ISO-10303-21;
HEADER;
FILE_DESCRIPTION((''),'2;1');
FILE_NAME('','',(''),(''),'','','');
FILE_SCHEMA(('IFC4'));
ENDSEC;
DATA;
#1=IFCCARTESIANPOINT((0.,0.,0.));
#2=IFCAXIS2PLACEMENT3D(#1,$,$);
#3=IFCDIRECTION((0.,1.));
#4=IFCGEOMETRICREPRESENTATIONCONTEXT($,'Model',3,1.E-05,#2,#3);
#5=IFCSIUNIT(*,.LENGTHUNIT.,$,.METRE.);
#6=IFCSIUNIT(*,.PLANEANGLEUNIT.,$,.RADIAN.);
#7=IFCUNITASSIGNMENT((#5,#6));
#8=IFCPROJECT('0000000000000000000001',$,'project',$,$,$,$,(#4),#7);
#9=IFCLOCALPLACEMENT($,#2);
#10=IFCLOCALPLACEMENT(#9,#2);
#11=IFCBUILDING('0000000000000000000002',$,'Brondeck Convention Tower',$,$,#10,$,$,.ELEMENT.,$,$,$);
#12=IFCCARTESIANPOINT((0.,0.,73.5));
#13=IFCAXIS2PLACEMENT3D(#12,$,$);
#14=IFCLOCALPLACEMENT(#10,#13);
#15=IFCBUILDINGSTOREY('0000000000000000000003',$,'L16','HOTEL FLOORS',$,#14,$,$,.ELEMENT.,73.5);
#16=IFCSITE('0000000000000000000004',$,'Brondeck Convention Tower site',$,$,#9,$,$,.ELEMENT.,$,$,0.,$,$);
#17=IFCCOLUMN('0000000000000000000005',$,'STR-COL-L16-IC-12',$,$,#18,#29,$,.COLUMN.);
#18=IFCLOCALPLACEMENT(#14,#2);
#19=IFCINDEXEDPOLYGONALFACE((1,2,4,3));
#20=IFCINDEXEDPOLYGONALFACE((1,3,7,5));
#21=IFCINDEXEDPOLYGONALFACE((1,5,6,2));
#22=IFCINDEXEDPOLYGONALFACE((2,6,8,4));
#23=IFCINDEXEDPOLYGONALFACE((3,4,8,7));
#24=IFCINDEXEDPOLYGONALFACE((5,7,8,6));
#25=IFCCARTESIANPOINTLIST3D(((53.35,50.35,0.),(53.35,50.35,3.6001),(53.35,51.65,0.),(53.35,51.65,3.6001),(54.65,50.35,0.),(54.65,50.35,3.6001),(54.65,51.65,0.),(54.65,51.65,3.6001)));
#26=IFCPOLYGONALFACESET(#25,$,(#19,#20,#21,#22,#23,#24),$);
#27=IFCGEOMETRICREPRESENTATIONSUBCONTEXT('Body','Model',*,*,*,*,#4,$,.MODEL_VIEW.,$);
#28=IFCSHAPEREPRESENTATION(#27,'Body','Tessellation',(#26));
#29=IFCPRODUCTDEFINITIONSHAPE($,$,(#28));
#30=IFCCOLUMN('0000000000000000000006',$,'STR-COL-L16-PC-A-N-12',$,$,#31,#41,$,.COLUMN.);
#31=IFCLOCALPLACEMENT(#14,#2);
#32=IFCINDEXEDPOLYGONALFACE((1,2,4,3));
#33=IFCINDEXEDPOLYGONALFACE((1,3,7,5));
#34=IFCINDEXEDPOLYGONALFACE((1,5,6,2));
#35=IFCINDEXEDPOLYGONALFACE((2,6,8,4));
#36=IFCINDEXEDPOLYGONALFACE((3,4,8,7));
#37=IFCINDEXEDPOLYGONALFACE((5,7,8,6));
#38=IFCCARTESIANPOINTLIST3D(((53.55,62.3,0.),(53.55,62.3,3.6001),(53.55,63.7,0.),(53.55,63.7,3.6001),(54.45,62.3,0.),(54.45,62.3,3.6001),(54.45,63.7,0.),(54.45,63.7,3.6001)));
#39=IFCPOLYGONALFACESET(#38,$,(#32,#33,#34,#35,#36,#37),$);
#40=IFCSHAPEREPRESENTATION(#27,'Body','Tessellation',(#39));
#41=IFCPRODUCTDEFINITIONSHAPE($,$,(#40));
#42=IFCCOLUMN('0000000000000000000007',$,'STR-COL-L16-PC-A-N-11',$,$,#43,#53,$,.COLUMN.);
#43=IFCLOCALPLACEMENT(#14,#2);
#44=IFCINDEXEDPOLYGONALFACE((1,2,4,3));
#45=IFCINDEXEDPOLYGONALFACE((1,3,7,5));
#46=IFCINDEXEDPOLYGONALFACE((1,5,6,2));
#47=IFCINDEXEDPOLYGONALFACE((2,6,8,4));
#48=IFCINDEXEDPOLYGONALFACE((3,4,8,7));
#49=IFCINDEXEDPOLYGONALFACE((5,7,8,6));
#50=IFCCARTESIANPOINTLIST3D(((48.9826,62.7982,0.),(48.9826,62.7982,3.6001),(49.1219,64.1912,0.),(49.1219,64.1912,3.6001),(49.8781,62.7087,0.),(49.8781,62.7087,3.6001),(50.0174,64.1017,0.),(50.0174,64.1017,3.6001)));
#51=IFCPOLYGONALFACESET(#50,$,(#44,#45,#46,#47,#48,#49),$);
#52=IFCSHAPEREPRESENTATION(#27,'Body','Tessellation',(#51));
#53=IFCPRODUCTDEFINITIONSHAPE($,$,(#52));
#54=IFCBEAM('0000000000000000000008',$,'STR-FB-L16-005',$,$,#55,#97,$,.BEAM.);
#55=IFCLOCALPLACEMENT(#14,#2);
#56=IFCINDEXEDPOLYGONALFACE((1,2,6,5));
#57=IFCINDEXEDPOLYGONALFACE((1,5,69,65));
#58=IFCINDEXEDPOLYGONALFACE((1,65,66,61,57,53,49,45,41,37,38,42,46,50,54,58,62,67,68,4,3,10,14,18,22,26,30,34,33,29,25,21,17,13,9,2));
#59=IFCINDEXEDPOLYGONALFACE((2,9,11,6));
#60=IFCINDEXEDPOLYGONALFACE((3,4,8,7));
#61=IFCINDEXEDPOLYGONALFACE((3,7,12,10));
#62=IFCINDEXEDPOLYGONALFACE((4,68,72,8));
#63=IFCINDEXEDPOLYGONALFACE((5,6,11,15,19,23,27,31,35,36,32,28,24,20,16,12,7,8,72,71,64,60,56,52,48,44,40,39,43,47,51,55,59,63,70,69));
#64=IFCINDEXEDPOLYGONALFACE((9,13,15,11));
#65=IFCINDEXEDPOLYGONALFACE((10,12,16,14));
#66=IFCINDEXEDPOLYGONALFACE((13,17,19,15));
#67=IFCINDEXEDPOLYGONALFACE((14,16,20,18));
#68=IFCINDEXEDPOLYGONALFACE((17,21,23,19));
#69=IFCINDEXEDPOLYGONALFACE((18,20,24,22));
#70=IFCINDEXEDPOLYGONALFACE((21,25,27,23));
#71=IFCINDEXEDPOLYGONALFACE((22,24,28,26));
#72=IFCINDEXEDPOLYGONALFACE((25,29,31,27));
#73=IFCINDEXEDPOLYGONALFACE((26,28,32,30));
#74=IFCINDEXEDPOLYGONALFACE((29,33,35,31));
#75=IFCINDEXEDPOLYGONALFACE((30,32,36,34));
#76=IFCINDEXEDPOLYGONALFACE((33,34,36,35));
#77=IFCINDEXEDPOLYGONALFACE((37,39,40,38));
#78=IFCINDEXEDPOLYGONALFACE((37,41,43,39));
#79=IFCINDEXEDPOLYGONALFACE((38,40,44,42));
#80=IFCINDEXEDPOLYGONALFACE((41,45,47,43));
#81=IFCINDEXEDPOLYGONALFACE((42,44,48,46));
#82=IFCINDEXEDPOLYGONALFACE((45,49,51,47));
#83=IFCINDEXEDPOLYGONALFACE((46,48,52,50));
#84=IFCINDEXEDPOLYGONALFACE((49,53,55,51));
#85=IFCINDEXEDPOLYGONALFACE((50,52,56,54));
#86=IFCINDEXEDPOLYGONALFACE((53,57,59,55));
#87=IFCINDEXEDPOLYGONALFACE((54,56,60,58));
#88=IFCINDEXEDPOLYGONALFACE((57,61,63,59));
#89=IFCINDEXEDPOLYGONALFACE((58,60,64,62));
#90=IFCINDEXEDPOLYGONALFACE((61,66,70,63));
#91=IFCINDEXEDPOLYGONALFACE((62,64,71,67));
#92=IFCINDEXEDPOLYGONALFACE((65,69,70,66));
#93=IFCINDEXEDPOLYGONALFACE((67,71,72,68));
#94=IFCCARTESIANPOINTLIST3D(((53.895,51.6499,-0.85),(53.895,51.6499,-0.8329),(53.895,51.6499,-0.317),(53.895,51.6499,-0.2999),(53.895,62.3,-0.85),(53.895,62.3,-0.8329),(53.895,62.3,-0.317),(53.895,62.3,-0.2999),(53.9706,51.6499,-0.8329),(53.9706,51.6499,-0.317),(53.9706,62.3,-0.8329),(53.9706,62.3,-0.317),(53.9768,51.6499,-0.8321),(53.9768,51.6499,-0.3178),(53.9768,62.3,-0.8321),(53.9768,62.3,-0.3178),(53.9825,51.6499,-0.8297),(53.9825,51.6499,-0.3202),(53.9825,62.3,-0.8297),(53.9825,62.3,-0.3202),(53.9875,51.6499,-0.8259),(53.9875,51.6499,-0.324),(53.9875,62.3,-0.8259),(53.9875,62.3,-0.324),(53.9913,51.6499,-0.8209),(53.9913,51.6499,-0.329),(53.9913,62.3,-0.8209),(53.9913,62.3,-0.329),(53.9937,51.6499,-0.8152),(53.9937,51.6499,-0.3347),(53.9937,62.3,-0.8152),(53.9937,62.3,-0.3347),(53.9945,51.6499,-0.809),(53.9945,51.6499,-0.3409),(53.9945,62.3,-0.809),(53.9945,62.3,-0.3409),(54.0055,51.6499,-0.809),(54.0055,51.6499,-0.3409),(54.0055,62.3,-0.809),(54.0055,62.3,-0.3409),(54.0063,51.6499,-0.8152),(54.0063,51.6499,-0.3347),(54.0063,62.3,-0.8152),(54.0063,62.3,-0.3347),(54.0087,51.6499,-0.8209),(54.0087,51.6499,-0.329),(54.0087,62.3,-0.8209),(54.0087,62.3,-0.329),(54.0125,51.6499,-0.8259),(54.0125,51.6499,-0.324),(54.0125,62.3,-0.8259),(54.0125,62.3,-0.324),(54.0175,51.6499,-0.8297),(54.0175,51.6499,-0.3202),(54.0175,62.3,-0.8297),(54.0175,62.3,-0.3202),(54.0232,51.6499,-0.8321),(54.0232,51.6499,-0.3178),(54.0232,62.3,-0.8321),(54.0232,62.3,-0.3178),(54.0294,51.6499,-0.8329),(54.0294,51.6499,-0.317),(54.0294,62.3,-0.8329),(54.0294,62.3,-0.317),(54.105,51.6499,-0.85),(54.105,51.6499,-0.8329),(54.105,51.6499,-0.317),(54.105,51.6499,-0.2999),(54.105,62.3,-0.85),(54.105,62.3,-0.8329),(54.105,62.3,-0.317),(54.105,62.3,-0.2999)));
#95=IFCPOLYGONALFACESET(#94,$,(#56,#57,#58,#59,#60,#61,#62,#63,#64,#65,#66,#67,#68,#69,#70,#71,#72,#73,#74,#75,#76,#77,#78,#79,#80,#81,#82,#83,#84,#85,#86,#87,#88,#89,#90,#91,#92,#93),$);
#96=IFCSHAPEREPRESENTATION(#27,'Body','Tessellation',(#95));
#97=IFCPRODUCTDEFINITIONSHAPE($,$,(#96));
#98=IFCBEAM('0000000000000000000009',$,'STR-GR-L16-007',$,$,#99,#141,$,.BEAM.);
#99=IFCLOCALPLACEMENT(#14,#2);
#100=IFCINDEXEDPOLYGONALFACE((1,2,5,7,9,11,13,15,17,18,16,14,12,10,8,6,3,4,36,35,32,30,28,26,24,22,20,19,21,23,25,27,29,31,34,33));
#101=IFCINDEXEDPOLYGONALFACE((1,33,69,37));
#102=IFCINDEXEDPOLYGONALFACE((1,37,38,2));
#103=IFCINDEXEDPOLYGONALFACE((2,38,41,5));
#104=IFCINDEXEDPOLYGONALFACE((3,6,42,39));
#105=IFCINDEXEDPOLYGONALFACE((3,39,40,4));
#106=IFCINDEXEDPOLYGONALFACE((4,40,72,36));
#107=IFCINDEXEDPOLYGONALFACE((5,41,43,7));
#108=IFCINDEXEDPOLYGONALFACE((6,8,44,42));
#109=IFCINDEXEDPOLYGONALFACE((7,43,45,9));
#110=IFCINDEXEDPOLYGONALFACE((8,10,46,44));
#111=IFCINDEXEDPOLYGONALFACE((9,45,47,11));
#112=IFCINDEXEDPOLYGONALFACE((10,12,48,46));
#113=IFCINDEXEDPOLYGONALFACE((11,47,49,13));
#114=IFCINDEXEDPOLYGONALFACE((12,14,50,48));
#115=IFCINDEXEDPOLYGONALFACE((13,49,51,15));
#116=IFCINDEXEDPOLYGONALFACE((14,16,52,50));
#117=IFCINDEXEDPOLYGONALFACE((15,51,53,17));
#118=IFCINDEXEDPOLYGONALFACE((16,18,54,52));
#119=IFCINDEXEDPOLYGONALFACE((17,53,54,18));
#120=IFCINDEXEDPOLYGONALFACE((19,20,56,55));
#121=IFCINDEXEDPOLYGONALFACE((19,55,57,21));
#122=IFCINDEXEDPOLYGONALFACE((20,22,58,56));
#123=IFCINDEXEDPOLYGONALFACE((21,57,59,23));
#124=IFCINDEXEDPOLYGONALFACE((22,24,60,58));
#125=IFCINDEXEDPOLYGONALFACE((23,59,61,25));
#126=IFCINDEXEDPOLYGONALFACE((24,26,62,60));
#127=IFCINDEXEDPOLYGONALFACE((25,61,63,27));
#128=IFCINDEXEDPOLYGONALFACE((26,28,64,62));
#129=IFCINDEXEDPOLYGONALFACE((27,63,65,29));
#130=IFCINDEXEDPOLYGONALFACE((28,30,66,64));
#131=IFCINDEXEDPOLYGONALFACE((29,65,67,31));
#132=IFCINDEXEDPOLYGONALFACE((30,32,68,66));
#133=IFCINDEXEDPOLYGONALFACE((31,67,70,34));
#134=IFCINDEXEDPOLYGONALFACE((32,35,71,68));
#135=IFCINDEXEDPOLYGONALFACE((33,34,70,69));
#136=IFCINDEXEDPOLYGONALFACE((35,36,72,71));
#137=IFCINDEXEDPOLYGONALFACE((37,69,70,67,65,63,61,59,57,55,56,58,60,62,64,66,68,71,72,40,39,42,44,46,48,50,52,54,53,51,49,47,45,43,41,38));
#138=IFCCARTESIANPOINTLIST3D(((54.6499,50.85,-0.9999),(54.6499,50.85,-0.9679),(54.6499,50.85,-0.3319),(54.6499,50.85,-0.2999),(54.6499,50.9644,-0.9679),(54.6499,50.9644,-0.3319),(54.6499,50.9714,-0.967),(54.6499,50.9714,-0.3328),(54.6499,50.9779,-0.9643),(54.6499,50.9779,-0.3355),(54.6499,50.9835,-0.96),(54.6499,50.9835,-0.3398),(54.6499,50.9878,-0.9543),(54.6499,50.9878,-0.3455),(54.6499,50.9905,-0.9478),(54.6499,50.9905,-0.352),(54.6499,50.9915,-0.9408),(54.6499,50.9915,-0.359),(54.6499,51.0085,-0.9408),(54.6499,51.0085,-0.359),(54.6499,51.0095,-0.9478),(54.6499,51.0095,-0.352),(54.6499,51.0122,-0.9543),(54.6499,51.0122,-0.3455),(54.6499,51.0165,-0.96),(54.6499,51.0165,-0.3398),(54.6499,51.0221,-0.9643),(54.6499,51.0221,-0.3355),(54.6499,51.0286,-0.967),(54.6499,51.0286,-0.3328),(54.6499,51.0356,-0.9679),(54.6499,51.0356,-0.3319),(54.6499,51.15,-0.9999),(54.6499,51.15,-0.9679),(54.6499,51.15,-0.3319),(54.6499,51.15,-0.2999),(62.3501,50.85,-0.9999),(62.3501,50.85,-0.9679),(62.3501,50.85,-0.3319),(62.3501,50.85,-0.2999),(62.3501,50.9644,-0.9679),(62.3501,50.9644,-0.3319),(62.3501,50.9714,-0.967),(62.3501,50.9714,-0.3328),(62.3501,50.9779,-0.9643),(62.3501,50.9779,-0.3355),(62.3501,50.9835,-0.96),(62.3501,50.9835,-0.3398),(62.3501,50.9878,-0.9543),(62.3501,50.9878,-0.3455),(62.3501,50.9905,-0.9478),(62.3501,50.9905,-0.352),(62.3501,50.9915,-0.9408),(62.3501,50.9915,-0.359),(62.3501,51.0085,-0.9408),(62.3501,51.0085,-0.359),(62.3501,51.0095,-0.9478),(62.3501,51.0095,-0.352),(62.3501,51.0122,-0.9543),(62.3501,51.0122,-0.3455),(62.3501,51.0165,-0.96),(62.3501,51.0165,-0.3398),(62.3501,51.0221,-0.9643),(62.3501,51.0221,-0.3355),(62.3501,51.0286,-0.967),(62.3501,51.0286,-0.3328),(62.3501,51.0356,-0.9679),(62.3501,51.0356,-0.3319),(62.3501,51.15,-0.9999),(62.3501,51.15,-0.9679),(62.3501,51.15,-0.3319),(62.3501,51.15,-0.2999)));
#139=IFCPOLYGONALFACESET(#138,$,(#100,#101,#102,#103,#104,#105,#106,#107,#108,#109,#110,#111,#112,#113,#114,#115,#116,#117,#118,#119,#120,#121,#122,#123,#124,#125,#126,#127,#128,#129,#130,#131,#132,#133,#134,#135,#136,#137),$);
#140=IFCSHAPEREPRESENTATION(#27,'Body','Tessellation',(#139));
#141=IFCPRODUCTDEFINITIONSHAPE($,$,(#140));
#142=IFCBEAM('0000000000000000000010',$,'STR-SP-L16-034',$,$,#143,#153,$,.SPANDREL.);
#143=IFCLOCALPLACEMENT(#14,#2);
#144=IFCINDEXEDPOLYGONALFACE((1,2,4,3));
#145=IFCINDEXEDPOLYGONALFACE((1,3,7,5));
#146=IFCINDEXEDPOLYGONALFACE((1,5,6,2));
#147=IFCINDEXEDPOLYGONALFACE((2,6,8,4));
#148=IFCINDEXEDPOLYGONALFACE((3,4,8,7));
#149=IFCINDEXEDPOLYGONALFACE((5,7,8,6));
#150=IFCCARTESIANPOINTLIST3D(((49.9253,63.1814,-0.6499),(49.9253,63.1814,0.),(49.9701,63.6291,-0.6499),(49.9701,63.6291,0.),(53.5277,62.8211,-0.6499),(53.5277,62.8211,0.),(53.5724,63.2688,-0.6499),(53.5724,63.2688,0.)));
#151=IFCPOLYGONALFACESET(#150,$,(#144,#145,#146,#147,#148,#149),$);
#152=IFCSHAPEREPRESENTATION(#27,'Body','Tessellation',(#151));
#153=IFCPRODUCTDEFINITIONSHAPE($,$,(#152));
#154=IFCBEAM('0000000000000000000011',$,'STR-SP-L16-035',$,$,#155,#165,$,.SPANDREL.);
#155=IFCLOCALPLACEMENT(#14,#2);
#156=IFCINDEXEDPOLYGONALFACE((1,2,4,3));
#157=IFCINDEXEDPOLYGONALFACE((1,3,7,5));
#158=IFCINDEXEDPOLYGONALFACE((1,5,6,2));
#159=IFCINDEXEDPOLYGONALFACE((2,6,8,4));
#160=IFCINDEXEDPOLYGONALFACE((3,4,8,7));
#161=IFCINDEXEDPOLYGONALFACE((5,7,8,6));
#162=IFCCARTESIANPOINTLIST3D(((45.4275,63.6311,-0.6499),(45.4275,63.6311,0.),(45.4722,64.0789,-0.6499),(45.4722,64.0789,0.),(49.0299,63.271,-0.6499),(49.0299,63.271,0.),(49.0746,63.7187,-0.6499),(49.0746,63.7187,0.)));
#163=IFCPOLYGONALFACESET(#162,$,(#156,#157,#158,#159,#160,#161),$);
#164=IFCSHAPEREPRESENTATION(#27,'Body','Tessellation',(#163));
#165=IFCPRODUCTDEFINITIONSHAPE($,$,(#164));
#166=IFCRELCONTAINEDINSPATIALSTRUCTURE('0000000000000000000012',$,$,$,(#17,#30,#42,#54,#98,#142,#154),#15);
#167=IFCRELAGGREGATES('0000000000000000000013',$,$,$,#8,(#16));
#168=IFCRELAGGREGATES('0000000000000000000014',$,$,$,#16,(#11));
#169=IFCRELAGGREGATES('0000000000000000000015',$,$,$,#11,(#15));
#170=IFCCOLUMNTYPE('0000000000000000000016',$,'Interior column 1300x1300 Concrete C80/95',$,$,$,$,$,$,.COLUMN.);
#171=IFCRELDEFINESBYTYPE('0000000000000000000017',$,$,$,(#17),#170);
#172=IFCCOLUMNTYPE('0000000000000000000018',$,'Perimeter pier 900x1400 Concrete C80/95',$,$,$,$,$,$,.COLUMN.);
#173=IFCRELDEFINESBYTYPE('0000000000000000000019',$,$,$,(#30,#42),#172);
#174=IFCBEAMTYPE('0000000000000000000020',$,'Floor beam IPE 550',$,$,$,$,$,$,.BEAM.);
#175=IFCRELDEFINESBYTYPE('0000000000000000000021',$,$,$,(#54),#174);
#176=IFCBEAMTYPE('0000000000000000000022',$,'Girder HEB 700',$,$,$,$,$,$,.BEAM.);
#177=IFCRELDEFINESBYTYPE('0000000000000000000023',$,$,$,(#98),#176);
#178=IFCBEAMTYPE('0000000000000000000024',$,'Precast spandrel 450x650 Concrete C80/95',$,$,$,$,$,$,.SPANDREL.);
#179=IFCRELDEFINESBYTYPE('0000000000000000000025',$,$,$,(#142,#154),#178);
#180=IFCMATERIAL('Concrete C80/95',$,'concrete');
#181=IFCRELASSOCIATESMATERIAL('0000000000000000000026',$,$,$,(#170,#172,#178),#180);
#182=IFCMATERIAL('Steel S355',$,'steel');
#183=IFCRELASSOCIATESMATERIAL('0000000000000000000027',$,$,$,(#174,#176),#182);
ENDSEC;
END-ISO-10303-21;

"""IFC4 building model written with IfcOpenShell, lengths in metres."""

from ifc_helpers import new_model, si_unit, direction, frame, origin, origin_2d, place, context, subcontext, project, spatial, rectangle, i_section, extrude, material, material_profile, profile_set, type_object, element, save


model = new_model("IFC4")

# Units and contexts
model_context = context("Model", 3, precision=1e-05, world=origin(), true_north=direction((0.0, 1.0)))
body_context = subcontext(model_context, "Body", "Model", "MODEL_VIEW")
ifc_project = project(units=[si_unit("LENGTHUNIT", "METRE"), si_unit("PLANEANGLEUNIT", "RADIAN")], contexts=[model_context])

# Site, building, storey
site_placement = place(None, origin())
site = spatial("IfcSite", under=ifc_project, at=site_placement, Name="Brondeck Convention Tower site", CompositionType="ELEMENT", RefElevation=0.0)
building_placement = place(site_placement, origin())
building = spatial("IfcBuilding", under=site, at=building_placement, Name="Brondeck Convention Tower", CompositionType="ELEMENT")
storey_placement = place(building_placement, frame((0.0, 0.0, 73.5)))
storey = spatial("IfcBuildingStorey", under=building, at=storey_placement, Name="L16", Description="HOTEL FLOORS", CompositionType="ELEMENT", Elevation=73.5)

# Columns
ifc_material_1 = material(Name="Concrete C80/95", Category="concrete")
ifc_material_profile_1 = material_profile(ifc_material_1, rectangle(XDim=1.3, YDim=1.3, at=origin_2d()), Name="Interior column 1300x1300 Concrete C80/95")
ifc_profile_set_1 = profile_set([ifc_material_profile_1], Name="Concrete C80/95")
column_type_1 = type_object("IfcColumnType", Name="Interior column 1300x1300 Concrete C80/95", PredefinedType="COLUMN", material=ifc_profile_set_1)
column_placement = place(storey_placement, frame((54.0, 51.0, 0.0), z_axis=(0.0, 0.0, 1.0), x_axis=(1.0, 0.0, 0.0)))
element("IfcColumn", 1, at=column_placement, inside=storey, type_object=column_type_1, Name="STR-COL-L16-IC-12", PredefinedType="COLUMN", context=body_context, shape_type="SweptSolid", body=[
    extrude(rectangle(XDim=1.3, YDim=1.3, at=origin_2d()), origin(), (0.0, 0.0, 1.0), 3.6001),
])
ifc_material_profile_2 = material_profile(ifc_material_1, rectangle(XDim=0.8999, YDim=1.3999, at=origin_2d()), Name="Perimeter pier 900x1400 Concrete C80/95")
ifc_profile_set_2 = profile_set([ifc_material_profile_2], Name="Concrete C80/95")
column_type_2 = type_object("IfcColumnType", Name="Perimeter pier 900x1400 Concrete C80/95", PredefinedType="COLUMN", material=ifc_profile_set_2)
for number, where, z_axis, x_axis, name in (
    (2, (54.0, 63.0, 0.0), (0.0, 0.0, 1.0), (-1.0, 0.0, 0.0), "STR-COL-L16-PC-A-N-12"),
    (3, (49.5, 63.45, 0.0), (0.0, 0.0, 1.0), (-0.995037, 0.099504, 0.0), "STR-COL-L16-PC-A-N-11"),
):
    element("IfcColumn", number, at=place(storey_placement, frame(where, z_axis=z_axis, x_axis=x_axis)), inside=storey, type_object=column_type_2, Name=name, PredefinedType="COLUMN", context=body_context, shape_type="SweptSolid", body=[
        extrude(rectangle(XDim=0.8999, YDim=1.3999, at=origin_2d()), origin(), (0.0, 0.0, 1.0), 3.6001),
    ])

# Beams
ifc_material_2 = material(Name="Steel S355", Category="steel")
ifc_material_profile_3 = material_profile(ifc_material_2, i_section(OverallWidth=0.21, OverallDepth=0.55, WebThickness=0.011, FlangeThickness=0.0171, FilletRadius=0.0239, at=origin_2d()), Name="IPE 550")
ifc_profile_set_3 = profile_set([ifc_material_profile_3], Name="Steel S355")
beam_type_1 = type_object("IfcBeamType", Name="Floor beam IPE 550", PredefinedType="BEAM", material=ifc_profile_set_3)
beam_1_placement = place(storey_placement, frame((54.0, 51.6499, -0.575), z_axis=(0.0, 1.0, 0.0), x_axis=(-1.0, 0.0, 0.0)))
element("IfcBeam", 4, at=beam_1_placement, inside=storey, type_object=beam_type_1, Name="STR-FB-L16-005", PredefinedType="BEAM", context=body_context, shape_type="SweptSolid", body=[
    extrude(i_section(OverallWidth=0.21, OverallDepth=0.55, WebThickness=0.011, FlangeThickness=0.0171, FilletRadius=0.0239, at=origin_2d()), origin(), (0.0, 0.0, 1.0), 10.6501),
])
ifc_material_profile_4 = material_profile(ifc_material_2, i_section(OverallWidth=0.3, OverallDepth=0.7, WebThickness=0.0171, FlangeThickness=0.032, FilletRadius=0.0271, at=origin_2d()), Name="HEB 700")
ifc_profile_set_4 = profile_set([ifc_material_profile_4], Name="Steel S355")
beam_type_2 = type_object("IfcBeamType", Name="Girder HEB 700", PredefinedType="BEAM", material=ifc_profile_set_4)
beam_2_placement = place(storey_placement, frame((54.6499, 51.0, -0.6499), z_axis=(1.0, 0.0, 0.0), x_axis=(0.0, 1.0, 0.0)))
element("IfcBeam", 5, at=beam_2_placement, inside=storey, type_object=beam_type_2, Name="STR-GR-L16-007", PredefinedType="BEAM", context=body_context, shape_type="SweptSolid", body=[
    extrude(i_section(OverallWidth=0.3, OverallDepth=0.7, WebThickness=0.0171, FlangeThickness=0.032, FilletRadius=0.0271, at=origin_2d()), origin(), (0.0, 0.0, 1.0), 7.7002),
])
ifc_material_profile_5 = material_profile(ifc_material_1, rectangle(XDim=0.45, YDim=0.6499, at=origin_2d()), Name="Precast spandrel 450x650 Concrete C80/95")
ifc_profile_set_5 = profile_set([ifc_material_profile_5], Name="Concrete C80/95")
beam_type_3 = type_object("IfcBeamType", Name="Precast spandrel 450x650 Concrete C80/95", PredefinedType="SPANDREL", material=ifc_profile_set_5)
for number, where, z_axis, x_axis, name in (
    (6, (53.55, 63.0449, -0.325), (-0.995034, 0.099537, 0.0), (-0.099537, -0.995034, 0.0), "STR-SP-L16-034"),
    (7, (49.0522, 63.4949, -0.325), (-0.995041, 0.09947, 0.0), (-0.09947, -0.995041, 0.0), "STR-SP-L16-035"),
):
    element("IfcBeam", number, at=place(storey_placement, frame(where, z_axis=z_axis, x_axis=x_axis)), inside=storey, type_object=beam_type_3, Name=name, PredefinedType="SPANDREL", context=body_context, shape_type="SweptSolid", body=[
        extrude(rectangle(XDim=0.45, YDim=0.6499, at=origin_2d()), origin(), (0.0, 0.0, 1.0), 3.6204),
    ])

save(model, "model.ifc")
